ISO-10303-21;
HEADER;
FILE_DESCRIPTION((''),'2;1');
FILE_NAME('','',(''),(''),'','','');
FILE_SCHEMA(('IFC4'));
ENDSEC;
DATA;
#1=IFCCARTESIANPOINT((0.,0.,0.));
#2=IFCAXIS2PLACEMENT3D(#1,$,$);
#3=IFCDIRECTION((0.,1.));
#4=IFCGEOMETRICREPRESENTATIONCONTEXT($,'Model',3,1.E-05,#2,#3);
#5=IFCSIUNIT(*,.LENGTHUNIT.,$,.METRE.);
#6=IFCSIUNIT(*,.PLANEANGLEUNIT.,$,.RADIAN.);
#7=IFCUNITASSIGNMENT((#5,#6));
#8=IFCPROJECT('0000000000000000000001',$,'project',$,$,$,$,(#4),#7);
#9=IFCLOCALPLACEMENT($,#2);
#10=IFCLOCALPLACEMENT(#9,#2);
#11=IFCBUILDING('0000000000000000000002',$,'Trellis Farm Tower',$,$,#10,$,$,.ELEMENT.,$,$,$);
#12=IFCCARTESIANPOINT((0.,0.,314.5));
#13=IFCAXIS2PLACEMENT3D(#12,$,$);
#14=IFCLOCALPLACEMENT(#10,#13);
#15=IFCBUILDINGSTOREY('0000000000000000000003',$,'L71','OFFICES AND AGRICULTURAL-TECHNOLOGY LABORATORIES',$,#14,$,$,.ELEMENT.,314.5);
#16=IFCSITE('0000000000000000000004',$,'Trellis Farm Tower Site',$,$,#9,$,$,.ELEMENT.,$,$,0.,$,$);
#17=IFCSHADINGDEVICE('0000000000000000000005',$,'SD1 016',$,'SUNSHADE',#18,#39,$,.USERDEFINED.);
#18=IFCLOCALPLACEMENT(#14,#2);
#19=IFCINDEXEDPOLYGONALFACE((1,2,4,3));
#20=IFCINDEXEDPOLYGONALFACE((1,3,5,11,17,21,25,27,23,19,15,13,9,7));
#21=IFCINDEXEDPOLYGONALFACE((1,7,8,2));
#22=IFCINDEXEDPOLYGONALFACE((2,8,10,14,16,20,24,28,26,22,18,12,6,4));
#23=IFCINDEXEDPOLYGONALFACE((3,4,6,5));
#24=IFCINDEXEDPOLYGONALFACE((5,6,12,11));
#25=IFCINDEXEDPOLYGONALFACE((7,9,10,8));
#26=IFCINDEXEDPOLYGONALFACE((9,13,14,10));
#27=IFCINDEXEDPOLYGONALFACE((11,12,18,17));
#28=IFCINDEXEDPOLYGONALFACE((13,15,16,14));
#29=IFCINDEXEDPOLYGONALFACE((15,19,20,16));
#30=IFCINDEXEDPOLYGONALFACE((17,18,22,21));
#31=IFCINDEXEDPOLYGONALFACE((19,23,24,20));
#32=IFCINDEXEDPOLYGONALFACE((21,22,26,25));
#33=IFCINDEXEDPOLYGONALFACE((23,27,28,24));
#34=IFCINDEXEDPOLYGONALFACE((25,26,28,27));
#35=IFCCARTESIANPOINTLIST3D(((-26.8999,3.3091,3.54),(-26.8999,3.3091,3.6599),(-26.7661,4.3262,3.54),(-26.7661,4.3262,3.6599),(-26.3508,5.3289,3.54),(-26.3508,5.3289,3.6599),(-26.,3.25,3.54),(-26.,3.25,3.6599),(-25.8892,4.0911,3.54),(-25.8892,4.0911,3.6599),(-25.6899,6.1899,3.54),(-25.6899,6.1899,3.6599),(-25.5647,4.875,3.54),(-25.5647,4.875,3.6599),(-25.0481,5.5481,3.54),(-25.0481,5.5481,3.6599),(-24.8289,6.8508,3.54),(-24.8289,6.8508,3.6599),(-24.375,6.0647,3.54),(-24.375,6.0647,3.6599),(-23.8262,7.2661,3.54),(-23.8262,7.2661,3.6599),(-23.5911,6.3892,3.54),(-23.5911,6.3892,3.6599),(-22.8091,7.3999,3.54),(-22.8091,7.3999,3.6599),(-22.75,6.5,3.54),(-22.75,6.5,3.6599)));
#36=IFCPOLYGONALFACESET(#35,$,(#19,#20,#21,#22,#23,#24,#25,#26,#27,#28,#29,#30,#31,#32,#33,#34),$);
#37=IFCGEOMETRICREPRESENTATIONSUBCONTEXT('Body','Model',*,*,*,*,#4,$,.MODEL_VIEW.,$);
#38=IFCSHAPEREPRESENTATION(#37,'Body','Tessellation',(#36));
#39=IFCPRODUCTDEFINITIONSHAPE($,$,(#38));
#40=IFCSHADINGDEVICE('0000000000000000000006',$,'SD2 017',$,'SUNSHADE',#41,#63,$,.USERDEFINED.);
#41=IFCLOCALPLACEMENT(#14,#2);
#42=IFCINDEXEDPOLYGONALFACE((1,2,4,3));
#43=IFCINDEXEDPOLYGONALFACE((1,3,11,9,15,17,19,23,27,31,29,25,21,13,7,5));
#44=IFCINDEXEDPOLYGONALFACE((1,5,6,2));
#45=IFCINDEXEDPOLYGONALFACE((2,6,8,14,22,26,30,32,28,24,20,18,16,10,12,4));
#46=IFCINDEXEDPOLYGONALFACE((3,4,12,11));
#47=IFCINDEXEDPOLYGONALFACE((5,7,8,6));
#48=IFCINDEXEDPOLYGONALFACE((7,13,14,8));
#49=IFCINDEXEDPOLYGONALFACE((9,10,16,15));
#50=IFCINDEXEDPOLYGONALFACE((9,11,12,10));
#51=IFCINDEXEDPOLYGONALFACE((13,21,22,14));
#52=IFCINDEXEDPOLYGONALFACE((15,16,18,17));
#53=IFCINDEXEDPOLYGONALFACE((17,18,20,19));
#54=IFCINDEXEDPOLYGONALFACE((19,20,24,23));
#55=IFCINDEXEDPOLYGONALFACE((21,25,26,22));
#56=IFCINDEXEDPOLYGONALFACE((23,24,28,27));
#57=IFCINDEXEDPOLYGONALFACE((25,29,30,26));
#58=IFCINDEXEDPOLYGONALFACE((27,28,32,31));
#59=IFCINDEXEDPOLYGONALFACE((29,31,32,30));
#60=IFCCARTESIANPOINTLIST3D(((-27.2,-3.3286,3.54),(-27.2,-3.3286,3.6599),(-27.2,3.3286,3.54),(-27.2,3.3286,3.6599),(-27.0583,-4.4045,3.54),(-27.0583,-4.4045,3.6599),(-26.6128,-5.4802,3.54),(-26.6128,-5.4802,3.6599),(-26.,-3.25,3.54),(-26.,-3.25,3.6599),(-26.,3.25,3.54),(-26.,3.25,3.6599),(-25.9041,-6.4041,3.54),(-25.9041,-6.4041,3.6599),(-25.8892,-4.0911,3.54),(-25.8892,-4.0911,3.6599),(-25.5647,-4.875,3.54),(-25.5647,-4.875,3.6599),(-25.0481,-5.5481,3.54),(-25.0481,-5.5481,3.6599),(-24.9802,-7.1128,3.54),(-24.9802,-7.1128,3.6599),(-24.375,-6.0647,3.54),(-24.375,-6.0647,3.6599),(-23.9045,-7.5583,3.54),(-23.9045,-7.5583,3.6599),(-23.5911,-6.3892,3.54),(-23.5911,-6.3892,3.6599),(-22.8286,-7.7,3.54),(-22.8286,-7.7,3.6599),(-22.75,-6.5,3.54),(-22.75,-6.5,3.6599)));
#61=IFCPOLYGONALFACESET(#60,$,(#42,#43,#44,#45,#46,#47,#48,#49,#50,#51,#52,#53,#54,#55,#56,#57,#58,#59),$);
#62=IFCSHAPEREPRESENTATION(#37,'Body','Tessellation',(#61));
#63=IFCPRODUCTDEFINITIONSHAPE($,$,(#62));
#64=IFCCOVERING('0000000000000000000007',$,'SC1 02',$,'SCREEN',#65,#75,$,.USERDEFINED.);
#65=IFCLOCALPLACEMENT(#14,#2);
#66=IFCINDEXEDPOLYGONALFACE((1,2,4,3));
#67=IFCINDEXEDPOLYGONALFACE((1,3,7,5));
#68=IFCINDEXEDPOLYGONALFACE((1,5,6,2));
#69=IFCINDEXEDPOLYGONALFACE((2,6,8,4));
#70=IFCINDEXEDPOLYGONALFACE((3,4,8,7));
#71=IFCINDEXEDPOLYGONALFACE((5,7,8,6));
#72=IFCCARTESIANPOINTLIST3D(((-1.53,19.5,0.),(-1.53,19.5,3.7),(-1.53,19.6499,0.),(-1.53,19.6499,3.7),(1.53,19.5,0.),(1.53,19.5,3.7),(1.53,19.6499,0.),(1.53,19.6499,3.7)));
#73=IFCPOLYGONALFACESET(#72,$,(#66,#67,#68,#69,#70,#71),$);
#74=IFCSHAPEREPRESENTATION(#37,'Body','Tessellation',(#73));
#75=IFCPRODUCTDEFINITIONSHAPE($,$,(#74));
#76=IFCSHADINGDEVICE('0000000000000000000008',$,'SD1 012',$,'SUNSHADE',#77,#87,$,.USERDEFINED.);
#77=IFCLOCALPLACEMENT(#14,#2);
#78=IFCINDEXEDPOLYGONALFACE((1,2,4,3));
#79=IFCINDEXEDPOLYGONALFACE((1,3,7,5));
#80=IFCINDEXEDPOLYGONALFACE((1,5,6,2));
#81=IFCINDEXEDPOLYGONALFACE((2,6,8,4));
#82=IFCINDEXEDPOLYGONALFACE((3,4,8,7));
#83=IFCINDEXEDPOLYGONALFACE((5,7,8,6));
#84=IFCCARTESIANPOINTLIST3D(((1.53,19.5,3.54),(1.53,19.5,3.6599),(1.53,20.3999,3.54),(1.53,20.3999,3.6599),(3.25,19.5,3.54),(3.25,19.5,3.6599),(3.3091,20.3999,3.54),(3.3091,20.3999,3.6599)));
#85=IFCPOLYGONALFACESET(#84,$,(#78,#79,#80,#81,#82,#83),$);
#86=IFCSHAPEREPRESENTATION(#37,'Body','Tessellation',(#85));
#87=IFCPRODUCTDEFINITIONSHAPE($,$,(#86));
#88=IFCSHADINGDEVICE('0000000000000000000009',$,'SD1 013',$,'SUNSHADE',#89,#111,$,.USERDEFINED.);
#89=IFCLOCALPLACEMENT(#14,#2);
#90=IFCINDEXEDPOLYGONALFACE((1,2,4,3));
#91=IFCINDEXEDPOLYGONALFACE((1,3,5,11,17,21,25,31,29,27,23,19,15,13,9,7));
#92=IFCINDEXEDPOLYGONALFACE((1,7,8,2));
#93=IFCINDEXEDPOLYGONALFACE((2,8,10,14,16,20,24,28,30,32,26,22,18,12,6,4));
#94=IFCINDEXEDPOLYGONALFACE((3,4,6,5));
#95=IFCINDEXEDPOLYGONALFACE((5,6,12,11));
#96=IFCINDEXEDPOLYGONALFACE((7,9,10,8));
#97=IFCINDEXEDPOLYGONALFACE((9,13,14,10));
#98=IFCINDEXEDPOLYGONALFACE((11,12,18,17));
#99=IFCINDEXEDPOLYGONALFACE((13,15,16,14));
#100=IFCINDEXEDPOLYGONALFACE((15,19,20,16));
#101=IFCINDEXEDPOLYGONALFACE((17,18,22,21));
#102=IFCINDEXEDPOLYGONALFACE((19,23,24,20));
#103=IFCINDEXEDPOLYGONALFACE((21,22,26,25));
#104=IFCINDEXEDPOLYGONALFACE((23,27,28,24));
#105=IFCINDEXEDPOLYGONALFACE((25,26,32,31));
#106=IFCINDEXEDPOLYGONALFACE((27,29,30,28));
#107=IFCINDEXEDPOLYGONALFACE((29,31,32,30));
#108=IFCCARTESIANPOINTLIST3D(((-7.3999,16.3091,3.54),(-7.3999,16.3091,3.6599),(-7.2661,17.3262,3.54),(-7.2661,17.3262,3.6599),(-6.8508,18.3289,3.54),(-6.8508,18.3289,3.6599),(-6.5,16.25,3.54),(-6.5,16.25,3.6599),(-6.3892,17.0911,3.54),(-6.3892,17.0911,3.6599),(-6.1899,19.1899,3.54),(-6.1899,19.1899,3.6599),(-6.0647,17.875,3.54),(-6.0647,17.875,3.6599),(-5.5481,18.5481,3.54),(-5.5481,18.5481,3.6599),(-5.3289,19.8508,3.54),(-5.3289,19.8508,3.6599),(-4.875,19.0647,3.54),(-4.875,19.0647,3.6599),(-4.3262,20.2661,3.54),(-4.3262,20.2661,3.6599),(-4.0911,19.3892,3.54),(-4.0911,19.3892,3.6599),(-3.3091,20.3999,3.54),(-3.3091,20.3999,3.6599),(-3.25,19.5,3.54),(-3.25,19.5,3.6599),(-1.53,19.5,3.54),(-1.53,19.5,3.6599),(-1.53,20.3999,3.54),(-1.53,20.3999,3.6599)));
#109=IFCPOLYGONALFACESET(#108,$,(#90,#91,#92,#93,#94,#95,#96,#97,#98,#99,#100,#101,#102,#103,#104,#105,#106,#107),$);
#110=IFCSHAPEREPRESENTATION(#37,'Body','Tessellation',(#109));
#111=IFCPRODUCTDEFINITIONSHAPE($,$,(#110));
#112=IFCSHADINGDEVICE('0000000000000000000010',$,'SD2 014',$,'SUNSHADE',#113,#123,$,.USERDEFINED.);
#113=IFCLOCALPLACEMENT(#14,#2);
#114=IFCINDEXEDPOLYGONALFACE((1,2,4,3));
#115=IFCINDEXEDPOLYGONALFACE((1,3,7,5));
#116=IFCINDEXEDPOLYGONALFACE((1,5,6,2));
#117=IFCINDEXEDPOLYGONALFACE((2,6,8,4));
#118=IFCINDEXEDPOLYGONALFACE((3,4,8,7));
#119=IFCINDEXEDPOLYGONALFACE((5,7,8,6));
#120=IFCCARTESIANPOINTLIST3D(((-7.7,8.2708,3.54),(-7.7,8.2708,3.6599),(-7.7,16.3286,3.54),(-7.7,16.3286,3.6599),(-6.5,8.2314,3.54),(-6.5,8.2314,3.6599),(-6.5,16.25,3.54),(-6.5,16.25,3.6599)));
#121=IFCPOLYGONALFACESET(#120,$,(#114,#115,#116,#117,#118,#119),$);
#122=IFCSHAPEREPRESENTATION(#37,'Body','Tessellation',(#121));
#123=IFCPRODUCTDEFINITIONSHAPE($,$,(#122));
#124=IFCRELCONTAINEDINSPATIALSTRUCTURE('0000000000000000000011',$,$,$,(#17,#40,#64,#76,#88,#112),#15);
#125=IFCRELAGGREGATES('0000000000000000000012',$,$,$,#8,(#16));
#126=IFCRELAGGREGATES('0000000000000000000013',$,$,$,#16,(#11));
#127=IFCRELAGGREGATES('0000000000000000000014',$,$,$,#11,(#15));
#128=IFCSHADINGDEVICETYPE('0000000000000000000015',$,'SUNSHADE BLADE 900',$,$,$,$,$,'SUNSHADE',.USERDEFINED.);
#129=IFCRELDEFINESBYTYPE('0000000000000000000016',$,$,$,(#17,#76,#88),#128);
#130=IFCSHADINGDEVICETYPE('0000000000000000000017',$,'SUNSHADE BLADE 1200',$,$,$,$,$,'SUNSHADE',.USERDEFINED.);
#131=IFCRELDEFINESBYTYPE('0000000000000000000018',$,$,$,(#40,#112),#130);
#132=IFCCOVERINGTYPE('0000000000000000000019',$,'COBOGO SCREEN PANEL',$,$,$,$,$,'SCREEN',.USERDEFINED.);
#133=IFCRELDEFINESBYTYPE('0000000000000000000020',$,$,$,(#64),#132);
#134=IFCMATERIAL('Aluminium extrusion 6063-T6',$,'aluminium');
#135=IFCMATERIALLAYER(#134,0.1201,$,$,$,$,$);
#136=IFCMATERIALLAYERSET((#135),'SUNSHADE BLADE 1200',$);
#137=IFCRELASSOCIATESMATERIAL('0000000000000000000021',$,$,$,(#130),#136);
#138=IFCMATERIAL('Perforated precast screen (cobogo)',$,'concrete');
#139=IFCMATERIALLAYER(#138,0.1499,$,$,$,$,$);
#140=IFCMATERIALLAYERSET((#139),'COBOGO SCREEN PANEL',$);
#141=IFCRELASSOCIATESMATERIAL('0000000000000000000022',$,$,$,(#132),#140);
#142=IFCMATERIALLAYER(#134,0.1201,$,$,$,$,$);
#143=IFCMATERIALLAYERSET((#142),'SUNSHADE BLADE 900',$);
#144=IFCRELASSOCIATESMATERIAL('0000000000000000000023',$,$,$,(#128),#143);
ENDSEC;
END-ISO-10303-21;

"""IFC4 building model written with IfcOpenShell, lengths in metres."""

from ifc_helpers import new_model, si_unit, direction, frame, origin, place, context, subcontext, project, spatial, polyline, outline, extrude, source, transform, mapped, material, layer, layer_set, type_object, element, save


model = new_model("IFC4")

# Units and contexts
model_context = context("Model", 3, precision=1e-05, world=origin(), true_north=direction((0.0, 1.0)))
body_context = subcontext(model_context, "Body", "Model", "MODEL_VIEW")
ifc_project = project(units=[si_unit("LENGTHUNIT", "METRE"), si_unit("PLANEANGLEUNIT", "RADIAN")], contexts=[model_context])

# Site, building, storey
site_placement = place(None, origin())
site = spatial("IfcSite", under=ifc_project, at=site_placement, Name="Trellis Farm Tower Site", CompositionType="ELEMENT", RefElevation=0.0)
building_placement = place(site_placement, origin())
building = spatial("IfcBuilding", under=site, at=building_placement, Name="Trellis Farm Tower", CompositionType="ELEMENT")
storey_placement = place(building_placement, frame((0.0, 0.0, 314.5)))
storey = spatial("IfcBuildingStorey", under=building, at=storey_placement, Name="L71", Description="OFFICES AND AGRICULTURAL-TECHNOLOGY LABORATORIES", CompositionType="ELEMENT", Elevation=314.5)

# Shared definitions
placement_1 = place(storey_placement, origin())
ifc_material_1 = material(Name="Aluminium extrusion 6063-T6", Category="aluminium")

# Shared definitions
ifc_layer_1 = layer(ifc_material_1, 0.1201)
ifc_layer_set_1 = layer_set([ifc_layer_1], Name="SUNSHADE BLADE 1200")
shading_device_type_1 = type_object("IfcShadingDeviceType", Name="SUNSHADE BLADE 1200", ElementType="SUNSHADE", PredefinedType="USERDEFINED", material=ifc_layer_set_1)
placement_2 = place(storey_placement, frame((0.0, 0.0, 3.54)))

# Shared definitions
ifc_material_2 = material(Name="Perforated precast screen (cobogo)", Category="concrete")
ifc_layer_2 = layer(ifc_material_2, 0.1499)
ifc_layer_set_2 = layer_set([ifc_layer_2], Name="COBOGO SCREEN PANEL")
covering_type = type_object("IfcCoveringType", Name="COBOGO SCREEN PANEL", ElementType="SCREEN", PredefinedType="USERDEFINED", material=ifc_layer_set_2)

# Shading devices
ifc_layer_3 = layer(ifc_material_1, 0.1201)
ifc_layer_set_3 = layer_set([ifc_layer_3], Name="SUNSHADE BLADE 900")
shading_device_type_2 = type_object("IfcShadingDeviceType", Name="SUNSHADE BLADE 900", ElementType="SUNSHADE", PredefinedType="USERDEFINED", material=ifc_layer_set_3)
shared_shape_1 = source(origin(), body_context, "Body", "SweptSolid", [
    extrude(outline(polyline([(-22.8091, 7.3999), (-23.8262, 7.2661), (-24.8289, 6.8508), (-25.6899, 6.1899), (-26.3508, 5.3289), (-26.7661, 4.3262), (-26.8999, 3.3091), (-26.0, 3.25), (-25.8892, 4.0911), (-25.5647, 4.875), (-25.0481, 5.5481), (-24.375, 6.0647), (-23.5911, 6.3892), (-22.75, 6.5), (-22.8091, 7.3999)])), origin(), (0.0, 0.0, 1.0), 0.1199),
])
element("IfcShadingDevice", 1, at=placement_2, inside=storey, type_object=shading_device_type_2, Name="SD1 016", ObjectType="SUNSHADE", PredefinedType="USERDEFINED", context=body_context, shape_type="MappedRepresentation", body=[
    mapped(shared_shape_1, transform((0.0, 0.0, 0.0))),
])
shared_shape_2 = source(origin(), body_context, "Body", "SweptSolid", [
    extrude(outline(polyline([(-27.2, 3.3286), (-27.2, -3.3286), (-27.0583, -4.4045), (-26.6128, -5.4802), (-25.9041, -6.4041), (-24.9802, -7.1128), (-23.9045, -7.5583), (-22.8286, -7.7), (-22.75, -6.5), (-23.5911, -6.3892), (-24.375, -6.0647), (-25.0481, -5.5481), (-25.5647, -4.875), (-25.8892, -4.0911), (-26.0, -3.25), (-26.0, 3.25), (-27.2, 3.3286)])), origin(), (0.0, 0.0, 1.0), 0.1199),
])
element("IfcShadingDevice", 2, at=placement_2, inside=storey, type_object=shading_device_type_1, Name="SD2 017", ObjectType="SUNSHADE", PredefinedType="USERDEFINED", context=body_context, shape_type="MappedRepresentation", body=[
    mapped(shared_shape_2, transform((0.0, 0.0, 0.0))),
])

# Covering
shared_shape_3 = source(origin(), body_context, "Body", "SweptSolid", [
    extrude(outline(polyline([(1.53, 19.6499), (-1.53, 19.6499), (-1.53, 19.5), (1.53, 19.5), (1.53, 19.6499)])), origin(), (0.0, 0.0, 1.0), 3.7),
])
element("IfcCovering", 3, at=placement_1, inside=storey, type_object=covering_type, Name="SC1 02", ObjectType="SCREEN", PredefinedType="USERDEFINED", context=body_context, shape_type="MappedRepresentation", body=[
    mapped(shared_shape_3, transform((0.0, 0.0, 0.0))),
])

# Shading devices
shared_shape_4 = source(origin(), body_context, "Body", "SweptSolid", [
    extrude(outline(polyline([(3.3091, 20.3999), (1.53, 20.3999), (1.53, 19.5), (3.25, 19.5), (3.3091, 20.3999)])), origin(), (0.0, 0.0, 1.0), 0.1199),
])
element("IfcShadingDevice", 4, at=placement_2, inside=storey, type_object=shading_device_type_2, Name="SD1 012", ObjectType="SUNSHADE", PredefinedType="USERDEFINED", context=body_context, shape_type="MappedRepresentation", body=[
    mapped(shared_shape_4, transform((0.0, 0.0, 0.0))),
])
shared_shape_5 = source(origin(), body_context, "Body", "SweptSolid", [
    extrude(outline(polyline([(-1.53, 20.3999), (-3.3091, 20.3999), (-4.3262, 20.2661), (-5.3289, 19.8508), (-6.1899, 19.1899), (-6.8508, 18.3289), (-7.2661, 17.3262), (-7.3999, 16.3091), (-6.5, 16.25), (-6.3892, 17.0911), (-6.0647, 17.875), (-5.5481, 18.5481), (-4.875, 19.0647), (-4.0911, 19.3892), (-3.25, 19.5), (-1.53, 19.5), (-1.53, 20.3999)])), origin(), (0.0, 0.0, 1.0), 0.1199),
])
element("IfcShadingDevice", 5, at=placement_2, inside=storey, type_object=shading_device_type_2, Name="SD1 013", ObjectType="SUNSHADE", PredefinedType="USERDEFINED", context=body_context, shape_type="MappedRepresentation", body=[
    mapped(shared_shape_5, transform((0.0, 0.0, 0.0))),
])
shared_shape_6 = source(origin(), body_context, "Body", "SweptSolid", [
    extrude(outline(polyline([(-7.7, 16.3286), (-7.7, 8.2708), (-6.5, 8.2314), (-6.5, 16.25), (-7.7, 16.3286)])), origin(), (0.0, 0.0, 1.0), 0.1199),
])
element("IfcShadingDevice", 6, at=placement_2, inside=storey, type_object=shading_device_type_1, Name="SD2 014", ObjectType="SUNSHADE", PredefinedType="USERDEFINED", context=body_context, shape_type="MappedRepresentation", body=[
    mapped(shared_shape_6, transform((0.0, 0.0, 0.0))),
])

save(model, "model.ifc")
